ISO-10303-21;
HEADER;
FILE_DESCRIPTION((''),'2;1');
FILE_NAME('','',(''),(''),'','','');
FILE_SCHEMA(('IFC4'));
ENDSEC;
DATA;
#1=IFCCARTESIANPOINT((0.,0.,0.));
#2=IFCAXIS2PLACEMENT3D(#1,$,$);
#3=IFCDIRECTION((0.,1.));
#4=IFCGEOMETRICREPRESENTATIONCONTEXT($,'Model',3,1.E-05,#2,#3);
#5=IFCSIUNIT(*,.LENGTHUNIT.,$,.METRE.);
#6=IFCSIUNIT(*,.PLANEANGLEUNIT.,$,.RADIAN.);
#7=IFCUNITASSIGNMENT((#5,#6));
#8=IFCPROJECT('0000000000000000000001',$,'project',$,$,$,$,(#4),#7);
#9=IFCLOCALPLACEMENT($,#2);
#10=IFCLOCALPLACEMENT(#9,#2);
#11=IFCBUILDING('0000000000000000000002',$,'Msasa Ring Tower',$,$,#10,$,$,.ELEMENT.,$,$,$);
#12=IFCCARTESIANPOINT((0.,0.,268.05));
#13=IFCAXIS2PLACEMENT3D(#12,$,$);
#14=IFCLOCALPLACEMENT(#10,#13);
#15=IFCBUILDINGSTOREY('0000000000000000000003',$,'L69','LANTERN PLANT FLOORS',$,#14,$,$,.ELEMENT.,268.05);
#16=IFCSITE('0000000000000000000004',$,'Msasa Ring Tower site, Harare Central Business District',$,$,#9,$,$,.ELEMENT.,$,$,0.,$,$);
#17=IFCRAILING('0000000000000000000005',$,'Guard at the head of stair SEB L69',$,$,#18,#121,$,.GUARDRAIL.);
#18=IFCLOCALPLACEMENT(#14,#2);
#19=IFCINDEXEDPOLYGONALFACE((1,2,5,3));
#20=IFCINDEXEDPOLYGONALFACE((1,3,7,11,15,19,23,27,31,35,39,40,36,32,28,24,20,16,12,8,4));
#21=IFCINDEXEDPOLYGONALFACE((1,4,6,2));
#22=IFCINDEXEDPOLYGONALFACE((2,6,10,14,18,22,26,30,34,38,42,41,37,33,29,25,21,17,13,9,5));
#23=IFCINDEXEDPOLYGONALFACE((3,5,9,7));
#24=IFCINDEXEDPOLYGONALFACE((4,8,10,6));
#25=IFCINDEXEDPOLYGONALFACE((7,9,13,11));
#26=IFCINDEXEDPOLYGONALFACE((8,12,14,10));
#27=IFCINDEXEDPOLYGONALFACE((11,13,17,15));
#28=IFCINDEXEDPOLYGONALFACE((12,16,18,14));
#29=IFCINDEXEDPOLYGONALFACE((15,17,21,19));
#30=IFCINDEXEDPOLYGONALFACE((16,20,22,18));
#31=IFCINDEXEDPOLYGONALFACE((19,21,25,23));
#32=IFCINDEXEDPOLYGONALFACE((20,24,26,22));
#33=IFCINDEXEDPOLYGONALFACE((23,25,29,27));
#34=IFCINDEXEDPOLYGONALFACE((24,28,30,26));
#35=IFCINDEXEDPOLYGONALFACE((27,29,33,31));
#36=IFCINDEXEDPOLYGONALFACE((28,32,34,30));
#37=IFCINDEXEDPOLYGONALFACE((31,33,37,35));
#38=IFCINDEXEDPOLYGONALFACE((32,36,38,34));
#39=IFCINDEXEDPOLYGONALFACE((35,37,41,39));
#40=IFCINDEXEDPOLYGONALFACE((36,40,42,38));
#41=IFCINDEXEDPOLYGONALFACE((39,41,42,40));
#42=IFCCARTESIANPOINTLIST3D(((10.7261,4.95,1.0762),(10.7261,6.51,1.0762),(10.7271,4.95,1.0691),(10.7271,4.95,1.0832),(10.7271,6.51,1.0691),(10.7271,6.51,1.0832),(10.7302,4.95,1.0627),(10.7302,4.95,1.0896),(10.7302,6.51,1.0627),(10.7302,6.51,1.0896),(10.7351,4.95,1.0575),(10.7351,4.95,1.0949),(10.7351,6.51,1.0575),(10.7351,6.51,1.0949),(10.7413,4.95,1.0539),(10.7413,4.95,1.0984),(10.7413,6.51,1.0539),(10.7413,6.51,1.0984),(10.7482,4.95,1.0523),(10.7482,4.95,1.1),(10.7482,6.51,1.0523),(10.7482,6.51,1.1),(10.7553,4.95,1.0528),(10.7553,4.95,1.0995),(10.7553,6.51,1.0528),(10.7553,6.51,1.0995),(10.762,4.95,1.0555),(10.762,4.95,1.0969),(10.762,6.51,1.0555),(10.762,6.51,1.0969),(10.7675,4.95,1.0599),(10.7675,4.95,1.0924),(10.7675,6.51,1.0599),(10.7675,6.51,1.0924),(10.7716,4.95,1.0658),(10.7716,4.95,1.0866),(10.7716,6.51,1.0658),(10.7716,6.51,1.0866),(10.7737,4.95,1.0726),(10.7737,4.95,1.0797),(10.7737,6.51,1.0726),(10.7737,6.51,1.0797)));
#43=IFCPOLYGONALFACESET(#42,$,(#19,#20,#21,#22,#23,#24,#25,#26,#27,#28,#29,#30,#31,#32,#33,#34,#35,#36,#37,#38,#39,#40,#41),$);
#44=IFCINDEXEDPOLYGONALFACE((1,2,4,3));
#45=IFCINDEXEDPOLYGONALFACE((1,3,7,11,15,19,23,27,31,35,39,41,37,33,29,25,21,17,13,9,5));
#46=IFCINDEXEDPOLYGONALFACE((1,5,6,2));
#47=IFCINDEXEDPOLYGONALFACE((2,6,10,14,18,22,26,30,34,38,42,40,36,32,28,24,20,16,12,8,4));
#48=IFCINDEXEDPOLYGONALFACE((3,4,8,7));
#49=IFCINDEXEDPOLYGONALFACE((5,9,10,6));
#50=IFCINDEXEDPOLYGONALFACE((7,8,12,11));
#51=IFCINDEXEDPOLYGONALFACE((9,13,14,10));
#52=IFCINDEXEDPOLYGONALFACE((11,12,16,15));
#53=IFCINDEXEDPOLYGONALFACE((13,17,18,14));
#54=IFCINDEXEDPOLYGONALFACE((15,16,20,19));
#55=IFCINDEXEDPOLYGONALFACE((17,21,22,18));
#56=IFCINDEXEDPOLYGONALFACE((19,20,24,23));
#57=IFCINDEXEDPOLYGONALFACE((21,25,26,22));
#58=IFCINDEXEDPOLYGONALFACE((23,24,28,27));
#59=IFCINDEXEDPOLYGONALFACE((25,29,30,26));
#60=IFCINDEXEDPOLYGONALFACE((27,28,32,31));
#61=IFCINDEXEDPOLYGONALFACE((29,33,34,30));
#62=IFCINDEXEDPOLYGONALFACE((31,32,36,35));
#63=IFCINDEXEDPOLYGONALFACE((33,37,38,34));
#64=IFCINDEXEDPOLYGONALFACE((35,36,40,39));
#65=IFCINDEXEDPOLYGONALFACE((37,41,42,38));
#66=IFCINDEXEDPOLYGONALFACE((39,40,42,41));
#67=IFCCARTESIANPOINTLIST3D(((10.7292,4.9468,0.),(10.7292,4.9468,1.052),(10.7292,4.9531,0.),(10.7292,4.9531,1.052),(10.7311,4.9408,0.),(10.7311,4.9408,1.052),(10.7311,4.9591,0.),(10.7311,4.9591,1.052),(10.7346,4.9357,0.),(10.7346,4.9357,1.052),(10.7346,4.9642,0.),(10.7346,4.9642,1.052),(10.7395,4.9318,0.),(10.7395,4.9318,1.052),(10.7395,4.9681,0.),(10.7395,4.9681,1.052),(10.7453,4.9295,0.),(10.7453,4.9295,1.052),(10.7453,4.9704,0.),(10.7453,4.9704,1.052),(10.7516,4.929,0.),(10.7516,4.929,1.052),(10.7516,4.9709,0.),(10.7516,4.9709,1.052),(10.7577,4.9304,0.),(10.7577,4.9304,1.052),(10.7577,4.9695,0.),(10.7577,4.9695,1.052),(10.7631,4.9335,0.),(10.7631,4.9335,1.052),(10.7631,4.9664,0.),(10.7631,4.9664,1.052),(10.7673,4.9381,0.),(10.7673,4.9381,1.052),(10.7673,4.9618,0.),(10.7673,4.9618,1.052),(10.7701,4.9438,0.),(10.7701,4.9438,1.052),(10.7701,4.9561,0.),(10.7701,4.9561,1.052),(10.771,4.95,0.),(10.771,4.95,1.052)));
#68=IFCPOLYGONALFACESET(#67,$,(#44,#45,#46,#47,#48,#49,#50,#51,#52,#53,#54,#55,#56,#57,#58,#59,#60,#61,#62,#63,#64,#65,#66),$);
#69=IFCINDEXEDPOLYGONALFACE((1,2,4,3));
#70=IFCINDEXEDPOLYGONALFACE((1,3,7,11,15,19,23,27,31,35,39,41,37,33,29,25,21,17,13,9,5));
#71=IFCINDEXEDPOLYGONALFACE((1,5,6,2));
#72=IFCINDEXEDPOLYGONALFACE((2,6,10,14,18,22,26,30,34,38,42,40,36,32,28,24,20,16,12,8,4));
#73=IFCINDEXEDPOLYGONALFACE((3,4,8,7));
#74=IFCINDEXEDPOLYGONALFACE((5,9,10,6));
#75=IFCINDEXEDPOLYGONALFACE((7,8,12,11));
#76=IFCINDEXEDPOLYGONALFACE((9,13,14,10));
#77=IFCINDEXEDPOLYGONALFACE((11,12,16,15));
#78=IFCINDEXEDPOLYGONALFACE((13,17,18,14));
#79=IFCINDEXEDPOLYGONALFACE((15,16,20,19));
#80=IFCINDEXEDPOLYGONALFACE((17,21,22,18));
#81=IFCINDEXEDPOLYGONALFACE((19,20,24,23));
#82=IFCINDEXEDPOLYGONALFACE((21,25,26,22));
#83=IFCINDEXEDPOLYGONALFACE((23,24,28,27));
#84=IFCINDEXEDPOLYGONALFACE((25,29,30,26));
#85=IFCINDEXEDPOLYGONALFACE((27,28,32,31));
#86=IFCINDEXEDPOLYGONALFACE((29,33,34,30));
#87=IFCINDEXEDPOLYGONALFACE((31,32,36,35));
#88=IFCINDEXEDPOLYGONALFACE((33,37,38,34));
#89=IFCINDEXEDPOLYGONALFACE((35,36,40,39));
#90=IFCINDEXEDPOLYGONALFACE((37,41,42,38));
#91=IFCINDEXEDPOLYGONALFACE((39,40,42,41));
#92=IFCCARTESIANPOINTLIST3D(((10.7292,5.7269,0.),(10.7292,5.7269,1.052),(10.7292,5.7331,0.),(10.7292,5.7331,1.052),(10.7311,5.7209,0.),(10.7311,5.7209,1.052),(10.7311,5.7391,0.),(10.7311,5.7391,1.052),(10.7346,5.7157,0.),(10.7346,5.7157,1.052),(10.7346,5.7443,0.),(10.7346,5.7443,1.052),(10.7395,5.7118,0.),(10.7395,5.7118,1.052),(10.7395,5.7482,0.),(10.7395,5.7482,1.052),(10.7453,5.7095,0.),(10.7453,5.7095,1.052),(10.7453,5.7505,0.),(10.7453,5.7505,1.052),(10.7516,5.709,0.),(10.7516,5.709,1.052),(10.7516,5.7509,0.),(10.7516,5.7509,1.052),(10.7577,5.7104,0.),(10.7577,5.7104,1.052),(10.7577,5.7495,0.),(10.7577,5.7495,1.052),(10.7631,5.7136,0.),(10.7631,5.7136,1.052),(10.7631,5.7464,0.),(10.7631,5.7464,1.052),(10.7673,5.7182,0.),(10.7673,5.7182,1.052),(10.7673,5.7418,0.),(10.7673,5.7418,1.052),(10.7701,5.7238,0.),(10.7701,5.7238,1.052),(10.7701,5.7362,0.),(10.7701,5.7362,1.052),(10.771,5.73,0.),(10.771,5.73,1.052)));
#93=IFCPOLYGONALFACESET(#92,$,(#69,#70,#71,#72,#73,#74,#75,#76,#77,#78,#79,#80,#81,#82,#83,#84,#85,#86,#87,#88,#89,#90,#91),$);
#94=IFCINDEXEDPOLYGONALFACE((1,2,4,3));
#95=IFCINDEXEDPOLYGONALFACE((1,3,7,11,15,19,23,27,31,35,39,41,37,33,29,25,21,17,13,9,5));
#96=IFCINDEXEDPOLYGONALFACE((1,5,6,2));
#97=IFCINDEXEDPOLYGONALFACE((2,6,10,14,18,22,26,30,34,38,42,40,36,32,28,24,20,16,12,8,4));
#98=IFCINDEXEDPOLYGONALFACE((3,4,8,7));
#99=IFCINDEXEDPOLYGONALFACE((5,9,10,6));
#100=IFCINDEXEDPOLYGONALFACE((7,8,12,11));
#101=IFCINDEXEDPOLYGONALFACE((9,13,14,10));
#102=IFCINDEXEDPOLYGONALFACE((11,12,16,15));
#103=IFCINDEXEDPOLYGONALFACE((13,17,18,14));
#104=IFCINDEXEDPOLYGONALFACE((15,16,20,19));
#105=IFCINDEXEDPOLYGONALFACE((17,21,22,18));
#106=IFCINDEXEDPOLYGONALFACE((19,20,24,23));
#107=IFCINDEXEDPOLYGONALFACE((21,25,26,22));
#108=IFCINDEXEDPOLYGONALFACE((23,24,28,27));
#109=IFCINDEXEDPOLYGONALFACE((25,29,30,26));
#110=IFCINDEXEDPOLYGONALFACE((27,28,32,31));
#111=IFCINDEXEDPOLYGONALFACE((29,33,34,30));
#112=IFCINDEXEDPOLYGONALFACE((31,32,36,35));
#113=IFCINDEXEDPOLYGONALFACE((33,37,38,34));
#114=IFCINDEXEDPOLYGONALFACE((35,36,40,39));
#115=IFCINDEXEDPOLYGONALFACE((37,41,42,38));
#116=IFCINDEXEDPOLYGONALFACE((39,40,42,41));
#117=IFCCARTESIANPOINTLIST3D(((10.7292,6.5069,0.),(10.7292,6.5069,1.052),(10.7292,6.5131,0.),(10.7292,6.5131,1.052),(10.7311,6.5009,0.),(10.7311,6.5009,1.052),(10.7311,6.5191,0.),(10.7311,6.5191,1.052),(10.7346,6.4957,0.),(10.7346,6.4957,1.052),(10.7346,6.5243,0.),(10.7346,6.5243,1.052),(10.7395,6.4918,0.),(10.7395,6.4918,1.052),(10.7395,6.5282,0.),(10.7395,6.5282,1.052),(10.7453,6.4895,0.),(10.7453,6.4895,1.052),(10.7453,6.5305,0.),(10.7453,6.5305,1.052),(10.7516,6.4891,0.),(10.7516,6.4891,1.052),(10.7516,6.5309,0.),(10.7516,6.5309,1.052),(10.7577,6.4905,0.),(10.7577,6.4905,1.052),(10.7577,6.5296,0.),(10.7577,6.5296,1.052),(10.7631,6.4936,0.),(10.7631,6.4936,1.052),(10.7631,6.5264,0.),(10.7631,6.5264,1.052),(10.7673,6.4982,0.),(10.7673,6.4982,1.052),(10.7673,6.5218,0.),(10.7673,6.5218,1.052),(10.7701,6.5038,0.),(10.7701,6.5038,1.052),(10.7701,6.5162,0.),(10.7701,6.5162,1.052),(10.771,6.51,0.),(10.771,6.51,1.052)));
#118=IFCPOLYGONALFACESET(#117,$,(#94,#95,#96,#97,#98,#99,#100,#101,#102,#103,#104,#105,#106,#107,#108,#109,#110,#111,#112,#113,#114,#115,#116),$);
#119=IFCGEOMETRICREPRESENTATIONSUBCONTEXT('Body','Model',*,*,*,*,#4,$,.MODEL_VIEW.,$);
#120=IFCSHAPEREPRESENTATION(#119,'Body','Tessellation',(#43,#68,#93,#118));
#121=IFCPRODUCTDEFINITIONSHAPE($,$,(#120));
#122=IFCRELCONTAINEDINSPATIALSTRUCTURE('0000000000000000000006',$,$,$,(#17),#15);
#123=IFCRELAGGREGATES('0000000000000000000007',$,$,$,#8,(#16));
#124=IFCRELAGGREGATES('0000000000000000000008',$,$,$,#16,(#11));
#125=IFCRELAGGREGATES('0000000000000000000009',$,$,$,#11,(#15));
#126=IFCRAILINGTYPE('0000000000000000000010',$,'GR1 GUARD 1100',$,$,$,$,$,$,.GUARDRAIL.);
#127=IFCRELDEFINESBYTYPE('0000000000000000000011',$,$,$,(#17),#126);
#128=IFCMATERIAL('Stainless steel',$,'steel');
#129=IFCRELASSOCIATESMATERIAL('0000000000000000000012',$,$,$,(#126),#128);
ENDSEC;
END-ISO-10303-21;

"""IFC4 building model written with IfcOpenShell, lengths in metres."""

from ifc_helpers import new_model, si_unit, direction, frame, origin, origin_2d, place, context, subcontext, project, spatial, circle, extrude, material, type_object, element, save


model = new_model("IFC4")

# Units and contexts
model_context = context("Model", 3, precision=1e-05, world=origin(), true_north=direction((0.0, 1.0)))
body_context = subcontext(model_context, "Body", "Model", "MODEL_VIEW")
ifc_project = project(units=[si_unit("LENGTHUNIT", "METRE"), si_unit("PLANEANGLEUNIT", "RADIAN")], contexts=[model_context])

# Site, building, storey
site_placement = place(None, origin())
site = spatial("IfcSite", under=ifc_project, at=site_placement, Name="Msasa Ring Tower site, Harare Central Business District", CompositionType="ELEMENT", RefElevation=0.0)
building_placement = place(site_placement, origin())
building = spatial("IfcBuilding", under=site, at=building_placement, Name="Msasa Ring Tower", CompositionType="ELEMENT")
storey_placement = place(building_placement, frame((0.0, 0.0, 268.05)))
storey = spatial("IfcBuildingStorey", under=building, at=storey_placement, Name="L69", Description="LANTERN PLANT FLOORS", CompositionType="ELEMENT", Elevation=268.05)

# Railing
ifc_material_1 = material(Name="Stainless steel", Category="steel")
railing_type = type_object("IfcRailingType", Name="GR1 GUARD 1100", PredefinedType="GUARDRAIL", material=ifc_material_1)
railing_placement = place(storey_placement, frame((10.75, 4.95, 0.0)))
element("IfcRailing", 1, at=railing_placement, inside=storey, type_object=railing_type, Name="Guard at the head of stair SEB L69", PredefinedType="GUARDRAIL", context=body_context, shape_type="SweptSolid", body=[
    extrude(circle(Radius=0.0239, at=origin_2d()), frame((0.0, 0.0, 1.0762), z_axis=(0.0, 1.0, 0.0), x_axis=(-1.0, 0.0, 0.0)), (0.0, 0.0, 1.0), 1.5601),
    extrude(circle(Radius=0.021, at=origin_2d()), origin(), (0.0, 0.0, 1.0), 1.052),
    extrude(circle(Radius=0.021, at=origin_2d()), frame((0.0, 0.78, 0.0)), (0.0, 0.0, 1.0), 1.052),
    extrude(circle(Radius=0.021, at=origin_2d()), frame((0.0, 1.5601, 0.0)), (0.0, 0.0, 1.0), 1.052),
])

save(model, "model.ifc")
